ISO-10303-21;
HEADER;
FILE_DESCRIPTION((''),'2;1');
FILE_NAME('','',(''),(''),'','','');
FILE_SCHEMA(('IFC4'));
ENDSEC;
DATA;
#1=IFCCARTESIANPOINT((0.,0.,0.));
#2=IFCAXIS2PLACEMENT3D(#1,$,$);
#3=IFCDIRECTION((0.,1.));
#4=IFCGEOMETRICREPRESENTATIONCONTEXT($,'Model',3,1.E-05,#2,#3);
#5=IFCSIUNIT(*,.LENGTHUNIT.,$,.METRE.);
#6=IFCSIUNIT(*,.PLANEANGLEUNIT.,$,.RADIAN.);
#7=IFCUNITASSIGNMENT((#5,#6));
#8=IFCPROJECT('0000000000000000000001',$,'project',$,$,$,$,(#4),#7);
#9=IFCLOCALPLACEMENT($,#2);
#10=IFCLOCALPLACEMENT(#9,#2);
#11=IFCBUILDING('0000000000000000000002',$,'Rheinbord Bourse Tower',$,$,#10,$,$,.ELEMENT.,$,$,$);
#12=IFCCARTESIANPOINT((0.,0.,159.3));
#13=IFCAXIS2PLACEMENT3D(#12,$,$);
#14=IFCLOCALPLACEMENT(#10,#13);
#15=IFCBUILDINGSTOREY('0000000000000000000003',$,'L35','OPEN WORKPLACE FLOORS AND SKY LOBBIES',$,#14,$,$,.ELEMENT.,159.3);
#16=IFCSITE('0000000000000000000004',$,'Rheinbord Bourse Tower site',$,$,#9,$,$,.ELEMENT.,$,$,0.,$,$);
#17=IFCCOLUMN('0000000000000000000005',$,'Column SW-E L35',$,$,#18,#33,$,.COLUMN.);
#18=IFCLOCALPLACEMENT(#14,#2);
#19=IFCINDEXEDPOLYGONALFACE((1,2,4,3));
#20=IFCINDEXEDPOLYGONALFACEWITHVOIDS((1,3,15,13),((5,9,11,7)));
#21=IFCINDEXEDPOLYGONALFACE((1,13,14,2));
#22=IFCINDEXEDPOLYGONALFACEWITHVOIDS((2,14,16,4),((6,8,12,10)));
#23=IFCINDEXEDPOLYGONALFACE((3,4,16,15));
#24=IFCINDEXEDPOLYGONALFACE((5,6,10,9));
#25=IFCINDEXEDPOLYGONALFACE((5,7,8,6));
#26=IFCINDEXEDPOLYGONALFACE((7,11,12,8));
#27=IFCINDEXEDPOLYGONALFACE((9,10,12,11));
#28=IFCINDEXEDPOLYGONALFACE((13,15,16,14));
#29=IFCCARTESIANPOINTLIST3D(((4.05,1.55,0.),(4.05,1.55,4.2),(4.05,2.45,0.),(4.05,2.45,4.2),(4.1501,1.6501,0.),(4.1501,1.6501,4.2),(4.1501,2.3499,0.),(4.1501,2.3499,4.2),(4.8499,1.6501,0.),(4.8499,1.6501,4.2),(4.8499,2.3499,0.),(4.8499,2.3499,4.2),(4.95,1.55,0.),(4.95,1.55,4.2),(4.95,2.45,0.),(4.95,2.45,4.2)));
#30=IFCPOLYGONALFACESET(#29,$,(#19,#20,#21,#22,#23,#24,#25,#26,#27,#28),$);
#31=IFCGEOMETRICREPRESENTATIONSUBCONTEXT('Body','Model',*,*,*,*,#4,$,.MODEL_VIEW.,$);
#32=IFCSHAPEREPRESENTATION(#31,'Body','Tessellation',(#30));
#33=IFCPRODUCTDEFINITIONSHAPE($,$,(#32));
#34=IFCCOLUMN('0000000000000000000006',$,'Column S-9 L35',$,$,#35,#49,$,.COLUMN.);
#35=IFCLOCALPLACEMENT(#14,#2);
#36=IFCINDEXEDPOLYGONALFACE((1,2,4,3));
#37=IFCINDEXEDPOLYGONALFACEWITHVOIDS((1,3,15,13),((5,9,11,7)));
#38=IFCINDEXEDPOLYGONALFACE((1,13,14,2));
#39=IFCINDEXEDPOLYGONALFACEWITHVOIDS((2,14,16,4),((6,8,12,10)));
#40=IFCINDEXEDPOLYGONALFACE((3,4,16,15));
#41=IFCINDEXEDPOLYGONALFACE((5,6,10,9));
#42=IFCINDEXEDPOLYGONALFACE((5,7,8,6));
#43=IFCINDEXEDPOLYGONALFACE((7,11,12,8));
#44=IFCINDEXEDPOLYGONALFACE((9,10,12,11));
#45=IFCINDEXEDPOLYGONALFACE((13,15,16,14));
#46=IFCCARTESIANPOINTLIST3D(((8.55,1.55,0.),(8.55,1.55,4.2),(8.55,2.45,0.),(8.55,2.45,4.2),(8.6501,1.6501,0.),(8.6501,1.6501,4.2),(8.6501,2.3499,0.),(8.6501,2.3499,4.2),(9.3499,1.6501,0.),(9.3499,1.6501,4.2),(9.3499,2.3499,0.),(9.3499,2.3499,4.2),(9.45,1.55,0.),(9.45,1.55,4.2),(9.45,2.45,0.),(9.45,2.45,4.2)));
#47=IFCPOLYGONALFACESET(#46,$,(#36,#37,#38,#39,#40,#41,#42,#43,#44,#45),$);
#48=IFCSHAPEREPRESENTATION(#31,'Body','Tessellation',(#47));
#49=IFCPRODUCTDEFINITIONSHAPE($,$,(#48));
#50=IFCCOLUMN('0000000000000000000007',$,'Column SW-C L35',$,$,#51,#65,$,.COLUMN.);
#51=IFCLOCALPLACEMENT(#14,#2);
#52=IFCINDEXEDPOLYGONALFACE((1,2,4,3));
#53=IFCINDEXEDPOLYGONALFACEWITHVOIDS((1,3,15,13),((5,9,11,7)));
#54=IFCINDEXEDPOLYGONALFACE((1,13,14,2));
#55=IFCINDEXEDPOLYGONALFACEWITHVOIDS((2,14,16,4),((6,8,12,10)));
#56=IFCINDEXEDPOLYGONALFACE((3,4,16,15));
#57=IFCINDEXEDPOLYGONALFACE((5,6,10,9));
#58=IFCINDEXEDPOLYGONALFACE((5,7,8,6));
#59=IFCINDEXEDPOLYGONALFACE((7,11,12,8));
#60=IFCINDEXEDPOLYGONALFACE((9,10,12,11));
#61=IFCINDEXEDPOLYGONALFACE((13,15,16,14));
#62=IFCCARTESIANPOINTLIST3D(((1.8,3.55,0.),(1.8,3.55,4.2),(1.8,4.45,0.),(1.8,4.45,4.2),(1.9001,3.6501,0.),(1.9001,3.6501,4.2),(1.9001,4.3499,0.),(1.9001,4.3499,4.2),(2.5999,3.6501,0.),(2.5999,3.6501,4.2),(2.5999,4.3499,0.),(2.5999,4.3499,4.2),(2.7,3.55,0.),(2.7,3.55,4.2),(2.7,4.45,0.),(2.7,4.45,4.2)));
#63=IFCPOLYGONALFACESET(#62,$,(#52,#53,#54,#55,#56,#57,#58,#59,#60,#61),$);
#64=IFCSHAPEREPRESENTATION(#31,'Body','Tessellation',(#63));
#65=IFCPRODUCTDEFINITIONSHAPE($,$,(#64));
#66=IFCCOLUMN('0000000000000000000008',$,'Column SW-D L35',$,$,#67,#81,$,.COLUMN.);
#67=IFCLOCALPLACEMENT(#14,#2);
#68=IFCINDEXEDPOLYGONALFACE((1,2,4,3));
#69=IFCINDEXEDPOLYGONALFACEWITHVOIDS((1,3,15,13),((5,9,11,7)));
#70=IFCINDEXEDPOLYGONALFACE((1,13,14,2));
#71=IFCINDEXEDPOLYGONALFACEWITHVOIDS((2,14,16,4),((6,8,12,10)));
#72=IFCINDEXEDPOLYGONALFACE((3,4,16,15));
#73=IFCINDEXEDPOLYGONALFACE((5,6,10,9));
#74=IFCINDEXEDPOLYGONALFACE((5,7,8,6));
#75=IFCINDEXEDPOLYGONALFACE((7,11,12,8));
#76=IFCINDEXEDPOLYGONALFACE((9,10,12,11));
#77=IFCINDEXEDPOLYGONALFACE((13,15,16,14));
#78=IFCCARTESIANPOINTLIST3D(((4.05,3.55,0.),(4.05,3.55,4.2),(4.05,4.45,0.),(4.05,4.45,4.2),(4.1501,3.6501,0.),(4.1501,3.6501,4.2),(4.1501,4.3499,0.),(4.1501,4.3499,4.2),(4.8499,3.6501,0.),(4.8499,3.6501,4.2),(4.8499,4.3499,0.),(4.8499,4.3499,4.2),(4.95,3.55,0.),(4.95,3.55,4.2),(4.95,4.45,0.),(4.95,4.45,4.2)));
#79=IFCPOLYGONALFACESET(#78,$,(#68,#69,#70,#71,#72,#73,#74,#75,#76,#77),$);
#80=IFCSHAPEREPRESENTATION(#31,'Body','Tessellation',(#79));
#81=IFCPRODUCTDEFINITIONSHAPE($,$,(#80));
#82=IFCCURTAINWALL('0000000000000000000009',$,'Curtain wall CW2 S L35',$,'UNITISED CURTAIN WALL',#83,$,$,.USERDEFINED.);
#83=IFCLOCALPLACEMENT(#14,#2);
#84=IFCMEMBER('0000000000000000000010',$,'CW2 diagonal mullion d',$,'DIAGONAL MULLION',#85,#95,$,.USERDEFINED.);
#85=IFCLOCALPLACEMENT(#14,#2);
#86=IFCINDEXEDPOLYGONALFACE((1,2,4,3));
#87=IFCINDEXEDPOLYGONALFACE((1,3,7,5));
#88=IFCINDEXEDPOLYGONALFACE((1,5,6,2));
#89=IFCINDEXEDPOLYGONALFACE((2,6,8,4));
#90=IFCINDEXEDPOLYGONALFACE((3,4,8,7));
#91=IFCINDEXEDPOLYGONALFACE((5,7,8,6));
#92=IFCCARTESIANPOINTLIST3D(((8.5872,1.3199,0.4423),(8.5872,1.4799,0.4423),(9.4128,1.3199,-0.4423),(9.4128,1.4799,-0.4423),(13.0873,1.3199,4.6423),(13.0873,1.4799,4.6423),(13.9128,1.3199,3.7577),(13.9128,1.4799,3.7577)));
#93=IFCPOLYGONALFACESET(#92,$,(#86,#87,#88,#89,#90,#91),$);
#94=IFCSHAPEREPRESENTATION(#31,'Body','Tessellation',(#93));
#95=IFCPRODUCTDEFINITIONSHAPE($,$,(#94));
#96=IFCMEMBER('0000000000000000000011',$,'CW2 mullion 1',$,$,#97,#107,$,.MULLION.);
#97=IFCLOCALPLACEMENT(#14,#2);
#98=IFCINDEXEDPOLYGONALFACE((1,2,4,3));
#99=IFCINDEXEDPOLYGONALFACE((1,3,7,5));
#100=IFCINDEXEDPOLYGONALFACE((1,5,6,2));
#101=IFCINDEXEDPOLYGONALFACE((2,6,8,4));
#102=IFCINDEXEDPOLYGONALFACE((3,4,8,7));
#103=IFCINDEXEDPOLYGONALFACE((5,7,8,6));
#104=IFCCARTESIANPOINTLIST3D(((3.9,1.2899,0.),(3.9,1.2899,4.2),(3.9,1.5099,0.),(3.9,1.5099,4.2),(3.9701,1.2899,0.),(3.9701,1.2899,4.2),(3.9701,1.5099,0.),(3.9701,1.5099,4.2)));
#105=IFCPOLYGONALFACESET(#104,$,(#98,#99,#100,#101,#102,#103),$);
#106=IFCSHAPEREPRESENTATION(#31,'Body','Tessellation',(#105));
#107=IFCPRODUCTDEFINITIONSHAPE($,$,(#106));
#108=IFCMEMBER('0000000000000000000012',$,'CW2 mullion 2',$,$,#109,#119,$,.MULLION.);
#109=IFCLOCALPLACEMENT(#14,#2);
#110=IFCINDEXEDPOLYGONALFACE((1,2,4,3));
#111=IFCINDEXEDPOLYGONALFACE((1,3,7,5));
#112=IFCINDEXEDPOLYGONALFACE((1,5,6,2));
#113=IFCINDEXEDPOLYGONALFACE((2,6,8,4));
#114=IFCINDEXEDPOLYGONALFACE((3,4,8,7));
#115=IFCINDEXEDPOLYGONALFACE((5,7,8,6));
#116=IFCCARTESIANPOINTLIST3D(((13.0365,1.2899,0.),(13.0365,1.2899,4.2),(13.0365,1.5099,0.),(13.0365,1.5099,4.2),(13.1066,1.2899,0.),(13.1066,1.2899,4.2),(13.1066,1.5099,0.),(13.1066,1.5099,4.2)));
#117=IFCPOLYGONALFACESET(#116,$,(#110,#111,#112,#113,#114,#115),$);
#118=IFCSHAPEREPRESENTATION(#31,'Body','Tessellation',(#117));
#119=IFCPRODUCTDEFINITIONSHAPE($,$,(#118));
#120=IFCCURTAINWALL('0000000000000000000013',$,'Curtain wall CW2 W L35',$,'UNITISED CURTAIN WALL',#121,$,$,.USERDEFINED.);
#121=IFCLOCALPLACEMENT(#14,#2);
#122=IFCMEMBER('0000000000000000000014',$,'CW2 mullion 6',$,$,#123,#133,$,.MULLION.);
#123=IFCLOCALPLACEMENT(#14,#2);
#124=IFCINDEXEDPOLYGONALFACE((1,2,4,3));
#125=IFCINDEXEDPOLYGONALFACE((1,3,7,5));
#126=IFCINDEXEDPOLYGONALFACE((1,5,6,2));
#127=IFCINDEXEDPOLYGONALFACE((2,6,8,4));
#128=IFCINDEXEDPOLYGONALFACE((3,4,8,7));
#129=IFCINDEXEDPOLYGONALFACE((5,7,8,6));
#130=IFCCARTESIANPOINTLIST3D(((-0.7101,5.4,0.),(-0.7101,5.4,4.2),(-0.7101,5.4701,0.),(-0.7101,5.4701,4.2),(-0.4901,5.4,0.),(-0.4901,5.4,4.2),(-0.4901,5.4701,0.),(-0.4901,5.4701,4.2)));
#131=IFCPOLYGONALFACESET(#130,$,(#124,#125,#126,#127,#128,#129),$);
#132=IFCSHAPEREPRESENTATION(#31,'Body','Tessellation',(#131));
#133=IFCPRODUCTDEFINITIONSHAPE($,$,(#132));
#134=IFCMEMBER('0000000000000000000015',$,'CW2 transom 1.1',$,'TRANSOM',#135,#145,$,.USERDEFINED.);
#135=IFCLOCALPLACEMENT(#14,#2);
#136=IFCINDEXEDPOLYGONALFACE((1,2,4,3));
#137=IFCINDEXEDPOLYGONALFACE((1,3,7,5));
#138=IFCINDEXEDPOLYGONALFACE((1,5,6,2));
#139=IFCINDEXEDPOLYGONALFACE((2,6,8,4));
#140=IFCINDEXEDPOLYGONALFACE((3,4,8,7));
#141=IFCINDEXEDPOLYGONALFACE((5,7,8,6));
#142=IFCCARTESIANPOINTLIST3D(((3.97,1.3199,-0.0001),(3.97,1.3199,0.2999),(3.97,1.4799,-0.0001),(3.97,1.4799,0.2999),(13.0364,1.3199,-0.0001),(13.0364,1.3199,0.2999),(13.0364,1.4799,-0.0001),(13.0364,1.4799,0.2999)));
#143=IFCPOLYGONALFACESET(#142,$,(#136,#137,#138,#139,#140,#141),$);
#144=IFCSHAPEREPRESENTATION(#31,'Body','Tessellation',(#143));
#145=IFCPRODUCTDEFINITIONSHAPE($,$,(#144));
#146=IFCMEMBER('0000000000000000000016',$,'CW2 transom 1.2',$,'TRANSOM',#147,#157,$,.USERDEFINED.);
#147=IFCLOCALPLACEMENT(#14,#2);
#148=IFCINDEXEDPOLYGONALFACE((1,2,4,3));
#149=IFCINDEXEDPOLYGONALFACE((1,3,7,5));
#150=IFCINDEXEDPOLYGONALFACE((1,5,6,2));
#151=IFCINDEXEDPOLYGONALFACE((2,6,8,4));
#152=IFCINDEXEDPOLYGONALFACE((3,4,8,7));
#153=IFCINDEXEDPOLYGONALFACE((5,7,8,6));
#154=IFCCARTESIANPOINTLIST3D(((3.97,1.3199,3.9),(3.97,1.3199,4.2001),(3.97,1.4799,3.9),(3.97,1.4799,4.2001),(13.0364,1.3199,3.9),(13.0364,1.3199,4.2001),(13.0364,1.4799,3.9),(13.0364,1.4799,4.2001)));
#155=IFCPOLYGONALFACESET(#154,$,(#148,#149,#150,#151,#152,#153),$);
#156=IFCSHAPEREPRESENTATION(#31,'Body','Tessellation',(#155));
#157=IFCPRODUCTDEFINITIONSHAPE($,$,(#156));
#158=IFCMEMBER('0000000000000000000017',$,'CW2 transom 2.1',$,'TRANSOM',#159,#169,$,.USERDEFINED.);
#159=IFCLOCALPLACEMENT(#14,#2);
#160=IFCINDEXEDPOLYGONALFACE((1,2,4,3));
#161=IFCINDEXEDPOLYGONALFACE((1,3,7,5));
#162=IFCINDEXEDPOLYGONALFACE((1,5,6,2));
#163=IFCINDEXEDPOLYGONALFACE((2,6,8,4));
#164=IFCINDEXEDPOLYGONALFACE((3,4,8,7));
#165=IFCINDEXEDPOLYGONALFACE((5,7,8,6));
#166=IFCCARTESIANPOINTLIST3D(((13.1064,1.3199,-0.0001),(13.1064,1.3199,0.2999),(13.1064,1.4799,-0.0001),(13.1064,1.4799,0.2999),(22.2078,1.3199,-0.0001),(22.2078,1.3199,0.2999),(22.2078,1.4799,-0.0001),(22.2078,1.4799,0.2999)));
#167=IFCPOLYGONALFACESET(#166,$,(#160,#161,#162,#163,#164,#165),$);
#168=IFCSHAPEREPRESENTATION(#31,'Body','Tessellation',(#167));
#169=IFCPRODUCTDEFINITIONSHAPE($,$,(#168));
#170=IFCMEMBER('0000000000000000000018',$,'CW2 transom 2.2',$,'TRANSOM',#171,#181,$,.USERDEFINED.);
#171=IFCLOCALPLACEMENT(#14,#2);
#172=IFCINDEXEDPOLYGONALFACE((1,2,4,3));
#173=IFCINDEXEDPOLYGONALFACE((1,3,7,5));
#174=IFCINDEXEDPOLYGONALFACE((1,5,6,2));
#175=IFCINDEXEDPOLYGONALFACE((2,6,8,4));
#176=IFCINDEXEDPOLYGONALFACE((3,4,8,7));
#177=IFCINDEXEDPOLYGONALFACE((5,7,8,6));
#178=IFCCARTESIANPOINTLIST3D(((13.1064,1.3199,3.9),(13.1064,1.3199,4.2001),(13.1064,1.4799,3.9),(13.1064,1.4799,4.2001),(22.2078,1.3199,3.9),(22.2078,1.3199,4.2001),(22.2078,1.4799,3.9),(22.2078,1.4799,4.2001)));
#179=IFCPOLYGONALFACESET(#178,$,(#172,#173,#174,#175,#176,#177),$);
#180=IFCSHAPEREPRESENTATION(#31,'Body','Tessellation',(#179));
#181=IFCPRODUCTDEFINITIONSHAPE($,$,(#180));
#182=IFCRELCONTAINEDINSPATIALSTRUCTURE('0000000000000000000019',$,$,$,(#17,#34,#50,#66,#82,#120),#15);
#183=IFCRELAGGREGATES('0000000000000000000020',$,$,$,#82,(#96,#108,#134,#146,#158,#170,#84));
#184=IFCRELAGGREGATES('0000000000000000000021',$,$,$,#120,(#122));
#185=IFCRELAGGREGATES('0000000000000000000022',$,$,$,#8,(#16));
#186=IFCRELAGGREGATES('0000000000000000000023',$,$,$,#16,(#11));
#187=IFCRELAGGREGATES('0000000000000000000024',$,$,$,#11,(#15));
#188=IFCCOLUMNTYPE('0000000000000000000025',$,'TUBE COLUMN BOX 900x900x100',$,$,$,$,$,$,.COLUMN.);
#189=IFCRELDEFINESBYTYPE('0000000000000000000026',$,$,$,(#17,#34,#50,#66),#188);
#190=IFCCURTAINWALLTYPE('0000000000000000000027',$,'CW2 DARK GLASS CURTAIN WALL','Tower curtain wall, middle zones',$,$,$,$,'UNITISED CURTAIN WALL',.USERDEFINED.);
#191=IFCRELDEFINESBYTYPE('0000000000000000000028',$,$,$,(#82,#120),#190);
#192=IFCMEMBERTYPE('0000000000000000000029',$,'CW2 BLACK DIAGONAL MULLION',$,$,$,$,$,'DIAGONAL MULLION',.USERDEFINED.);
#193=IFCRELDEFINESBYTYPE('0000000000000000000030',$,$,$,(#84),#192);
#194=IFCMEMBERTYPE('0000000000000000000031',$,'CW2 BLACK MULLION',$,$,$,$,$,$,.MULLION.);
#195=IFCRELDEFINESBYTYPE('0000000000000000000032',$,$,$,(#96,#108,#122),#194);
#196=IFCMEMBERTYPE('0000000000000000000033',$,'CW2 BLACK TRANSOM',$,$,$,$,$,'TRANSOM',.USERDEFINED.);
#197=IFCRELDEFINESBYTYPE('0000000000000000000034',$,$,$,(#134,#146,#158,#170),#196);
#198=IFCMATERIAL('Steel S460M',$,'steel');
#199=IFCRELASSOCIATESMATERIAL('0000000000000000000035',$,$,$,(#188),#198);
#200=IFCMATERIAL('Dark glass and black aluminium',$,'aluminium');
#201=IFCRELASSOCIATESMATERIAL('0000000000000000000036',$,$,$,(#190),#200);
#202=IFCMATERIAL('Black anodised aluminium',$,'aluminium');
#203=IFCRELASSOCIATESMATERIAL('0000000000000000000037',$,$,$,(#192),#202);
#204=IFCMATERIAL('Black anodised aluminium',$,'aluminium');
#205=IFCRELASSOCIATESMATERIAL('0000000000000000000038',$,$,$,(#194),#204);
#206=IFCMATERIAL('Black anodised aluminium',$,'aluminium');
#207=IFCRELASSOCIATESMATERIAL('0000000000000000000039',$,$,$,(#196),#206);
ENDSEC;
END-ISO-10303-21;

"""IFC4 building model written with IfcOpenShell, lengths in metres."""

from ifc_helpers import new_model, si_unit, direction, frame, origin, origin_2d, place, context, subcontext, project, spatial, rectangle, hollow_rectangle, extrude, material, material_profile, profile_set, type_object, element, aggregate, save


model = new_model("IFC4")

# Units and contexts
model_context = context("Model", 3, precision=1e-05, world=origin(), true_north=direction((0.0, 1.0)))
body_context = subcontext(model_context, "Body", "Model", "MODEL_VIEW")
ifc_project = project(units=[si_unit("LENGTHUNIT", "METRE"), si_unit("PLANEANGLEUNIT", "RADIAN")], contexts=[model_context])

# Site, building, storey
site_placement = place(None, origin())
site = spatial("IfcSite", under=ifc_project, at=site_placement, Name="Rheinbord Bourse Tower site", CompositionType="ELEMENT", RefElevation=0.0)
building_placement = place(site_placement, origin())
building = spatial("IfcBuilding", under=site, at=building_placement, Name="Rheinbord Bourse Tower", CompositionType="ELEMENT")
storey_placement = place(building_placement, frame((0.0, 0.0, 159.3)))
storey = spatial("IfcBuildingStorey", under=building, at=storey_placement, Name="L35", Description="OPEN WORKPLACE FLOORS AND SKY LOBBIES", CompositionType="ELEMENT", Elevation=159.3)

# Columns
ifc_material_1 = material(Name="Steel S460M", Category="steel")
ifc_material_profile_1 = material_profile(ifc_material_1, hollow_rectangle(XDim=0.8999, YDim=0.8999, WallThickness=0.1001, at=origin_2d()), Name="BOX 900x900x100")
ifc_profile_set_1 = profile_set([ifc_material_profile_1], Name="Steel S460M")
column_type = type_object("IfcColumnType", Name="TUBE COLUMN BOX 900x900x100", PredefinedType="COLUMN", material=ifc_profile_set_1)
for number, where, z_axis, x_axis, name in (
    (1, (4.5, 2.0, 0.0), (0.0, 0.0, 1.0), (0.0, 1.0, 0.0), "Column SW-E L35"),
    (2, (9.0, 2.0, 0.0), (0.0, 0.0, 1.0), (0.0, 1.0, 0.0), "Column S-9 L35"),
    (3, (2.25, 4.0, 0.0), (0.0, 0.0, 1.0), (1.0, 0.0, 0.0), "Column SW-C L35"),
    (4, (4.5, 4.0, 0.0), (0.0, 0.0, 1.0), (0.0, 1.0, 0.0), "Column SW-D L35"),
):
    element("IfcColumn", number, at=place(storey_placement, frame(where, z_axis=z_axis, x_axis=x_axis)), inside=storey, type_object=column_type, Name=name, PredefinedType="COLUMN", context=body_context, shape_type="SweptSolid", body=[
        extrude(hollow_rectangle(XDim=0.8999, YDim=0.8999, WallThickness=0.1001, at=origin_2d()), origin(), (0.0, 0.0, 1.0), 4.2),
    ])

# Curtain wall, members
ifc_material_2 = material(Name="Dark glass and black aluminium", Category="aluminium")
curtain_wall_type = type_object("IfcCurtainWallType", Name="CW2 DARK GLASS CURTAIN WALL", Description="Tower curtain wall, middle zones", ElementType="UNITISED CURTAIN WALL", PredefinedType="USERDEFINED", material=ifc_material_2)
curtain_wall_1_placement = place(storey_placement, origin())
curtain_wall_1 = element("IfcCurtainWall", 5, at=curtain_wall_1_placement, inside=storey, type_object=curtain_wall_type, Name="Curtain wall CW2 S L35", ObjectType="UNITISED CURTAIN WALL", PredefinedType="USERDEFINED")
ifc_material_3 = material(Name="Black anodised aluminium", Category="aluminium")
ifc_material_profile_2 = material_profile(ifc_material_3, rectangle(XDim=0.1599, YDim=1.21, at=origin_2d()), Name="CW2 DIAGONAL MULLION 1210x160")
ifc_profile_set_2 = profile_set([ifc_material_profile_2], Name="Black anodised aluminium")
member_type_1 = type_object("IfcMemberType", Name="CW2 BLACK DIAGONAL MULLION", ElementType="DIAGONAL MULLION", PredefinedType="USERDEFINED", material=ifc_profile_set_2)
member_1_placement = place(storey_placement, frame((9.0, 1.3999, 0.0), z_axis=(0.731059, 0.0, 0.682314), x_axis=(0.0, 1.0, 0.0)))
member_1 = element("IfcMember", 6, at=member_1_placement, type_object=member_type_1, Name="CW2 diagonal mullion d", ObjectType="DIAGONAL MULLION", PredefinedType="USERDEFINED", context=body_context, shape_type="SweptSolid", body=[
    extrude(rectangle(XDim=0.1599, YDim=1.21, at=origin_2d()), origin(), (0.0, 0.0, 1.0), 6.1555),
])
ifc_material_4 = material(Name="Black anodised aluminium", Category="aluminium")
ifc_material_profile_3 = material_profile(ifc_material_4, rectangle(XDim=0.22, YDim=0.0701, at=origin_2d()), Name="CW2 MULLION 70x220")
ifc_profile_set_3 = profile_set([ifc_material_profile_3], Name="Black anodised aluminium")
member_type_2 = type_object("IfcMemberType", Name="CW2 BLACK MULLION", PredefinedType="MULLION", material=ifc_profile_set_3)
member_2_placement = place(storey_placement, frame((3.9351, 1.3999, 0.0), z_axis=(0.0, 0.0, 1.0), x_axis=(0.0, 1.0, 0.0)))
member_2 = element("IfcMember", 7, at=member_2_placement, type_object=member_type_2, Name="CW2 mullion 1", PredefinedType="MULLION", context=body_context, shape_type="SweptSolid", body=[
    extrude(rectangle(XDim=0.22, YDim=0.0701, at=origin_2d()), origin(), (0.0, 0.0, 1.0), 4.2),
])
member_3_placement = place(storey_placement, frame((13.0715, 1.3999, 0.0), z_axis=(0.0, 0.0, 1.0), x_axis=(0.0, 1.0, 0.0)))
member_3 = element("IfcMember", 8, at=member_3_placement, type_object=member_type_2, Name="CW2 mullion 2", PredefinedType="MULLION", context=body_context, shape_type="SweptSolid", body=[
    extrude(rectangle(XDim=0.22, YDim=0.0701, at=origin_2d()), origin(), (0.0, 0.0, 1.0), 4.2),
])

# Curtain wall, member
curtain_wall_2_placement = place(storey_placement, origin())
curtain_wall_2 = element("IfcCurtainWall", 9, at=curtain_wall_2_placement, inside=storey, type_object=curtain_wall_type, Name="Curtain wall CW2 W L35", ObjectType="UNITISED CURTAIN WALL", PredefinedType="USERDEFINED")
member_4_placement = place(storey_placement, frame((-0.6001, 5.4351, 0.0), z_axis=(0.0, 0.0, 1.0), x_axis=(1.0, 0.0, 0.0)))
member_4 = element("IfcMember", 10, at=member_4_placement, type_object=member_type_2, Name="CW2 mullion 6", PredefinedType="MULLION", context=body_context, shape_type="SweptSolid", body=[
    extrude(rectangle(XDim=0.22, YDim=0.0701, at=origin_2d()), origin(), (0.0, 0.0, 1.0), 4.2),
])

# Members
ifc_material_5 = material(Name="Black anodised aluminium", Category="aluminium")
ifc_material_profile_4 = material_profile(ifc_material_5, rectangle(XDim=0.1599, YDim=0.3, at=origin_2d()), Name="CW2 TRANSOM 300x160")
ifc_profile_set_4 = profile_set([ifc_material_profile_4], Name="Black anodised aluminium")
member_type_3 = type_object("IfcMemberType", Name="CW2 BLACK TRANSOM", ElementType="TRANSOM", PredefinedType="USERDEFINED", material=ifc_profile_set_4)
member_5_placement = place(storey_placement, frame((3.97, 1.3999, 0.1499), z_axis=(1.0, 0.0, 0.0), x_axis=(0.0, 1.0, 0.0)))
member_5 = element("IfcMember", 11, at=member_5_placement, type_object=member_type_3, Name="CW2 transom 1.1", ObjectType="TRANSOM", PredefinedType="USERDEFINED", context=body_context, shape_type="SweptSolid", body=[
    extrude(rectangle(XDim=0.1599, YDim=0.3, at=origin_2d()), origin(), (0.0, 0.0, 1.0), 9.0664),
])
member_6_placement = place(storey_placement, frame((3.97, 1.3999, 4.05), z_axis=(1.0, 0.0, 0.0), x_axis=(0.0, 1.0, 0.0)))
member_6 = element("IfcMember", 12, at=member_6_placement, type_object=member_type_3, Name="CW2 transom 1.2", ObjectType="TRANSOM", PredefinedType="USERDEFINED", context=body_context, shape_type="SweptSolid", body=[
    extrude(rectangle(XDim=0.1599, YDim=0.3, at=origin_2d()), origin(), (0.0, 0.0, 1.0), 9.0664),
])
member_7_placement = place(storey_placement, frame((13.1064, 1.3999, 0.1499), z_axis=(1.0, 0.0, 0.0), x_axis=(0.0, 1.0, 0.0)))
member_7 = element("IfcMember", 13, at=member_7_placement, type_object=member_type_3, Name="CW2 transom 2.1", ObjectType="TRANSOM", PredefinedType="USERDEFINED", context=body_context, shape_type="SweptSolid", body=[
    extrude(rectangle(XDim=0.1599, YDim=0.3, at=origin_2d()), origin(), (0.0, 0.0, 1.0), 9.1013),
])
member_8_placement = place(storey_placement, frame((13.1064, 1.3999, 4.05), z_axis=(1.0, 0.0, 0.0), x_axis=(0.0, 1.0, 0.0)))
member_8 = element("IfcMember", 14, at=member_8_placement, type_object=member_type_3, Name="CW2 transom 2.2", ObjectType="TRANSOM", PredefinedType="USERDEFINED", context=body_context, shape_type="SweptSolid", body=[
    extrude(rectangle(XDim=0.1599, YDim=0.3, at=origin_2d()), origin(), (0.0, 0.0, 1.0), 9.1013),
])

aggregate(curtain_wall_1, [member_2, member_3, member_5, member_6, member_7, member_8, member_1])
aggregate(curtain_wall_2, [member_4])

save(model, "model.ifc")
